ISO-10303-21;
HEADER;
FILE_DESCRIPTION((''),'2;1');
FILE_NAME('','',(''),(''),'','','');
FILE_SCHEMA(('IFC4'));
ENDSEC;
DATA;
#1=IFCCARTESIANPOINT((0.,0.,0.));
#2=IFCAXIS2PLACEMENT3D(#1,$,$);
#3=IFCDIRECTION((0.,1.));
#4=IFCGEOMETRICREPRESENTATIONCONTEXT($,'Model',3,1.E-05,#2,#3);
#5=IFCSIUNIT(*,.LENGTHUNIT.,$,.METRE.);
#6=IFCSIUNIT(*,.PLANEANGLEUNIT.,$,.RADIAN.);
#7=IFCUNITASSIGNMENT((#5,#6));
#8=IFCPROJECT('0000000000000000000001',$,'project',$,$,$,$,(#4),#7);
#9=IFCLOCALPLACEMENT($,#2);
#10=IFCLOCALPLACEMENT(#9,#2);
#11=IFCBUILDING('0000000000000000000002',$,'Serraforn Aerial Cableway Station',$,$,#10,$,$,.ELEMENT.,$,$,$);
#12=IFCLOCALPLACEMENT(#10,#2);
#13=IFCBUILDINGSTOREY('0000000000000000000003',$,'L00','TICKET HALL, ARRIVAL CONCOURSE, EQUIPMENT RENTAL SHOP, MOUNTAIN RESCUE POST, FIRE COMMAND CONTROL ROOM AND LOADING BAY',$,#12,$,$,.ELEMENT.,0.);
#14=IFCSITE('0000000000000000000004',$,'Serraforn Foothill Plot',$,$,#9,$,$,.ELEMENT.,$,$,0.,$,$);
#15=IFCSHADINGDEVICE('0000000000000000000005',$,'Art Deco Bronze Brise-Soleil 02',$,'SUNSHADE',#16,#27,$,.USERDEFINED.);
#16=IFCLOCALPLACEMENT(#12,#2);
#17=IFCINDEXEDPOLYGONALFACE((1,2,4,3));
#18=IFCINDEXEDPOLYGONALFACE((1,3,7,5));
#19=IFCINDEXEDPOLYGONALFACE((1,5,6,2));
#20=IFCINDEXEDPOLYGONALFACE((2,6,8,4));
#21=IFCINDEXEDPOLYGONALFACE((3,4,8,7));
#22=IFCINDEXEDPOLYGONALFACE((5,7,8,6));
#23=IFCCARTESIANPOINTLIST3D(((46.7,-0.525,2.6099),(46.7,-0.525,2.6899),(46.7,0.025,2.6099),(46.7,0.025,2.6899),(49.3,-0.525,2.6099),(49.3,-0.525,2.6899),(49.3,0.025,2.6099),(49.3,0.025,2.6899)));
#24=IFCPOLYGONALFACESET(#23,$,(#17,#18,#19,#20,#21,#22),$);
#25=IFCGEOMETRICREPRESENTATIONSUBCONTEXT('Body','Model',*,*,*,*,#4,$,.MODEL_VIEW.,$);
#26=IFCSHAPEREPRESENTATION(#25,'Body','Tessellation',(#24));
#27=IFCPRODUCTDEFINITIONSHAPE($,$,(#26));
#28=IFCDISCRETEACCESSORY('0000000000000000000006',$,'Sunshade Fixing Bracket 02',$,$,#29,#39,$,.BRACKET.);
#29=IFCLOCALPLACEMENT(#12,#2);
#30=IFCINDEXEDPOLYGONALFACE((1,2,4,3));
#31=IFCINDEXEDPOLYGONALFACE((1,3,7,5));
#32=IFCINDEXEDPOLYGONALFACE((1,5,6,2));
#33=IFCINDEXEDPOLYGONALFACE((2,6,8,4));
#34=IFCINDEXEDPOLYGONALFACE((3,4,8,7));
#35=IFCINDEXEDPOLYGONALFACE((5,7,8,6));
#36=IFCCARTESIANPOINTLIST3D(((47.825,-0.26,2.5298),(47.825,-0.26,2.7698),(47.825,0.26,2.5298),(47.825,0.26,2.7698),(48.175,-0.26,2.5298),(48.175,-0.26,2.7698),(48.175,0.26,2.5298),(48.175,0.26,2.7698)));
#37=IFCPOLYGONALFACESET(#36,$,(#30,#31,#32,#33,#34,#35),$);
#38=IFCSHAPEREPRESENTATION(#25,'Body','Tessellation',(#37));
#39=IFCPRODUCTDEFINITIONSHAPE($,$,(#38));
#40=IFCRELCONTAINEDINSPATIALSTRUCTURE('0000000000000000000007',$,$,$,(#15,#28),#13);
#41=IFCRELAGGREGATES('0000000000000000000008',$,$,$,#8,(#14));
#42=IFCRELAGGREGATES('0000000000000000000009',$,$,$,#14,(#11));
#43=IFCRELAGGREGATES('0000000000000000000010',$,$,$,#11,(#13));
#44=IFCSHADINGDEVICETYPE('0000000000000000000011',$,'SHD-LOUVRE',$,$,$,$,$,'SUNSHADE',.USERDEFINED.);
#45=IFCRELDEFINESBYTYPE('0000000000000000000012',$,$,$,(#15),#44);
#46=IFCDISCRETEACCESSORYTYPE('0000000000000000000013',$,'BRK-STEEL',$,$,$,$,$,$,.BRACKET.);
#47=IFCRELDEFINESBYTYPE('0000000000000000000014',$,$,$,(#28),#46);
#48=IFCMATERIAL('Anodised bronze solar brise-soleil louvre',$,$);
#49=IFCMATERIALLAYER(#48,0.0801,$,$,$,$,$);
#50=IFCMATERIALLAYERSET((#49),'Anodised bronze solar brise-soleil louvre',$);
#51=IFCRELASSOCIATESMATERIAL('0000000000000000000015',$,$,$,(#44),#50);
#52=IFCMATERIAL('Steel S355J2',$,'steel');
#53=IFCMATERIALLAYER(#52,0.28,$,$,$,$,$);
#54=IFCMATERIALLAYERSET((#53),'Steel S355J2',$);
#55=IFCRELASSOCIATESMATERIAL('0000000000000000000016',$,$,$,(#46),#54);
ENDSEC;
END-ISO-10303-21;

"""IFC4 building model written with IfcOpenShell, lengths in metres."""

from ifc_helpers import new_model, si_unit, direction, frame, origin, origin_2d, place, context, subcontext, project, spatial, rectangle, extrude, material, layer, layer_set, type_object, element, save


model = new_model("IFC4")

# Units and contexts
model_context = context("Model", 3, precision=1e-05, world=origin(), true_north=direction((0.0, 1.0)))
body_context = subcontext(model_context, "Body", "Model", "MODEL_VIEW")
ifc_project = project(units=[si_unit("LENGTHUNIT", "METRE"), si_unit("PLANEANGLEUNIT", "RADIAN")], contexts=[model_context])

# Site, building, storey
site_placement = place(None, origin())
site = spatial("IfcSite", under=ifc_project, at=site_placement, Name="Serraforn Foothill Plot", CompositionType="ELEMENT", RefElevation=0.0)
building_placement = place(site_placement, origin())
building = spatial("IfcBuilding", under=site, at=building_placement, Name="Serraforn Aerial Cableway Station", CompositionType="ELEMENT")
storey_placement = place(building_placement, origin())
storey = spatial("IfcBuildingStorey", under=building, at=storey_placement, Name="L00", Description="TICKET HALL, ARRIVAL CONCOURSE, EQUIPMENT RENTAL SHOP, MOUNTAIN RESCUE POST, FIRE COMMAND CONTROL ROOM AND LOADING BAY", CompositionType="ELEMENT", Elevation=0.0)

# Shading device
ifc_material_1 = material(Name="Anodised bronze solar brise-soleil louvre")
ifc_layer_1 = layer(ifc_material_1, 0.0801)
ifc_layer_set_1 = layer_set([ifc_layer_1], Name="Anodised bronze solar brise-soleil louvre")
shading_device_type = type_object("IfcShadingDeviceType", Name="SHD-LOUVRE", ElementType="SUNSHADE", PredefinedType="USERDEFINED", material=ifc_layer_set_1)
shading_device_placement = place(storey_placement, frame((48.0, -0.25, 2.6099), z_axis=(0.0, 0.0, 1.0), x_axis=(1.0, 0.0, 0.0)))
element("IfcShadingDevice", 1, at=shading_device_placement, inside=storey, type_object=shading_device_type, Name="Art Deco Bronze Brise-Soleil 02", ObjectType="SUNSHADE", PredefinedType="USERDEFINED", context=body_context, shape_type="SweptSolid", body=[
    extrude(rectangle(XDim=2.6001, YDim=0.55, at=origin_2d()), origin(), (0.0, 0.0, 1.0), 0.0801),
])

# Discrete accessory
ifc_material_2 = material(Name="Steel S355J2", Category="steel")
ifc_layer_2 = layer(ifc_material_2, 0.28)
ifc_layer_set_2 = layer_set([ifc_layer_2], Name="Steel S355J2")
discrete_accessory_type = type_object("IfcDiscreteAccessoryType", Name="BRK-STEEL", PredefinedType="BRACKET", material=ifc_layer_set_2)
discrete_accessory_placement = place(storey_placement, frame((48.0, 0.0, 2.5298), z_axis=(0.0, 0.0, 1.0), x_axis=(1.0, 0.0, 0.0)))
element("IfcDiscreteAccessory", 2, at=discrete_accessory_placement, inside=storey, type_object=discrete_accessory_type, Name="Sunshade Fixing Bracket 02", PredefinedType="BRACKET", context=body_context, shape_type="SweptSolid", body=[
    extrude(rectangle(XDim=0.3501, YDim=0.52, at=origin_2d()), origin(), (0.0, 0.0, 1.0), 0.24),
])

save(model, "model.ifc")
